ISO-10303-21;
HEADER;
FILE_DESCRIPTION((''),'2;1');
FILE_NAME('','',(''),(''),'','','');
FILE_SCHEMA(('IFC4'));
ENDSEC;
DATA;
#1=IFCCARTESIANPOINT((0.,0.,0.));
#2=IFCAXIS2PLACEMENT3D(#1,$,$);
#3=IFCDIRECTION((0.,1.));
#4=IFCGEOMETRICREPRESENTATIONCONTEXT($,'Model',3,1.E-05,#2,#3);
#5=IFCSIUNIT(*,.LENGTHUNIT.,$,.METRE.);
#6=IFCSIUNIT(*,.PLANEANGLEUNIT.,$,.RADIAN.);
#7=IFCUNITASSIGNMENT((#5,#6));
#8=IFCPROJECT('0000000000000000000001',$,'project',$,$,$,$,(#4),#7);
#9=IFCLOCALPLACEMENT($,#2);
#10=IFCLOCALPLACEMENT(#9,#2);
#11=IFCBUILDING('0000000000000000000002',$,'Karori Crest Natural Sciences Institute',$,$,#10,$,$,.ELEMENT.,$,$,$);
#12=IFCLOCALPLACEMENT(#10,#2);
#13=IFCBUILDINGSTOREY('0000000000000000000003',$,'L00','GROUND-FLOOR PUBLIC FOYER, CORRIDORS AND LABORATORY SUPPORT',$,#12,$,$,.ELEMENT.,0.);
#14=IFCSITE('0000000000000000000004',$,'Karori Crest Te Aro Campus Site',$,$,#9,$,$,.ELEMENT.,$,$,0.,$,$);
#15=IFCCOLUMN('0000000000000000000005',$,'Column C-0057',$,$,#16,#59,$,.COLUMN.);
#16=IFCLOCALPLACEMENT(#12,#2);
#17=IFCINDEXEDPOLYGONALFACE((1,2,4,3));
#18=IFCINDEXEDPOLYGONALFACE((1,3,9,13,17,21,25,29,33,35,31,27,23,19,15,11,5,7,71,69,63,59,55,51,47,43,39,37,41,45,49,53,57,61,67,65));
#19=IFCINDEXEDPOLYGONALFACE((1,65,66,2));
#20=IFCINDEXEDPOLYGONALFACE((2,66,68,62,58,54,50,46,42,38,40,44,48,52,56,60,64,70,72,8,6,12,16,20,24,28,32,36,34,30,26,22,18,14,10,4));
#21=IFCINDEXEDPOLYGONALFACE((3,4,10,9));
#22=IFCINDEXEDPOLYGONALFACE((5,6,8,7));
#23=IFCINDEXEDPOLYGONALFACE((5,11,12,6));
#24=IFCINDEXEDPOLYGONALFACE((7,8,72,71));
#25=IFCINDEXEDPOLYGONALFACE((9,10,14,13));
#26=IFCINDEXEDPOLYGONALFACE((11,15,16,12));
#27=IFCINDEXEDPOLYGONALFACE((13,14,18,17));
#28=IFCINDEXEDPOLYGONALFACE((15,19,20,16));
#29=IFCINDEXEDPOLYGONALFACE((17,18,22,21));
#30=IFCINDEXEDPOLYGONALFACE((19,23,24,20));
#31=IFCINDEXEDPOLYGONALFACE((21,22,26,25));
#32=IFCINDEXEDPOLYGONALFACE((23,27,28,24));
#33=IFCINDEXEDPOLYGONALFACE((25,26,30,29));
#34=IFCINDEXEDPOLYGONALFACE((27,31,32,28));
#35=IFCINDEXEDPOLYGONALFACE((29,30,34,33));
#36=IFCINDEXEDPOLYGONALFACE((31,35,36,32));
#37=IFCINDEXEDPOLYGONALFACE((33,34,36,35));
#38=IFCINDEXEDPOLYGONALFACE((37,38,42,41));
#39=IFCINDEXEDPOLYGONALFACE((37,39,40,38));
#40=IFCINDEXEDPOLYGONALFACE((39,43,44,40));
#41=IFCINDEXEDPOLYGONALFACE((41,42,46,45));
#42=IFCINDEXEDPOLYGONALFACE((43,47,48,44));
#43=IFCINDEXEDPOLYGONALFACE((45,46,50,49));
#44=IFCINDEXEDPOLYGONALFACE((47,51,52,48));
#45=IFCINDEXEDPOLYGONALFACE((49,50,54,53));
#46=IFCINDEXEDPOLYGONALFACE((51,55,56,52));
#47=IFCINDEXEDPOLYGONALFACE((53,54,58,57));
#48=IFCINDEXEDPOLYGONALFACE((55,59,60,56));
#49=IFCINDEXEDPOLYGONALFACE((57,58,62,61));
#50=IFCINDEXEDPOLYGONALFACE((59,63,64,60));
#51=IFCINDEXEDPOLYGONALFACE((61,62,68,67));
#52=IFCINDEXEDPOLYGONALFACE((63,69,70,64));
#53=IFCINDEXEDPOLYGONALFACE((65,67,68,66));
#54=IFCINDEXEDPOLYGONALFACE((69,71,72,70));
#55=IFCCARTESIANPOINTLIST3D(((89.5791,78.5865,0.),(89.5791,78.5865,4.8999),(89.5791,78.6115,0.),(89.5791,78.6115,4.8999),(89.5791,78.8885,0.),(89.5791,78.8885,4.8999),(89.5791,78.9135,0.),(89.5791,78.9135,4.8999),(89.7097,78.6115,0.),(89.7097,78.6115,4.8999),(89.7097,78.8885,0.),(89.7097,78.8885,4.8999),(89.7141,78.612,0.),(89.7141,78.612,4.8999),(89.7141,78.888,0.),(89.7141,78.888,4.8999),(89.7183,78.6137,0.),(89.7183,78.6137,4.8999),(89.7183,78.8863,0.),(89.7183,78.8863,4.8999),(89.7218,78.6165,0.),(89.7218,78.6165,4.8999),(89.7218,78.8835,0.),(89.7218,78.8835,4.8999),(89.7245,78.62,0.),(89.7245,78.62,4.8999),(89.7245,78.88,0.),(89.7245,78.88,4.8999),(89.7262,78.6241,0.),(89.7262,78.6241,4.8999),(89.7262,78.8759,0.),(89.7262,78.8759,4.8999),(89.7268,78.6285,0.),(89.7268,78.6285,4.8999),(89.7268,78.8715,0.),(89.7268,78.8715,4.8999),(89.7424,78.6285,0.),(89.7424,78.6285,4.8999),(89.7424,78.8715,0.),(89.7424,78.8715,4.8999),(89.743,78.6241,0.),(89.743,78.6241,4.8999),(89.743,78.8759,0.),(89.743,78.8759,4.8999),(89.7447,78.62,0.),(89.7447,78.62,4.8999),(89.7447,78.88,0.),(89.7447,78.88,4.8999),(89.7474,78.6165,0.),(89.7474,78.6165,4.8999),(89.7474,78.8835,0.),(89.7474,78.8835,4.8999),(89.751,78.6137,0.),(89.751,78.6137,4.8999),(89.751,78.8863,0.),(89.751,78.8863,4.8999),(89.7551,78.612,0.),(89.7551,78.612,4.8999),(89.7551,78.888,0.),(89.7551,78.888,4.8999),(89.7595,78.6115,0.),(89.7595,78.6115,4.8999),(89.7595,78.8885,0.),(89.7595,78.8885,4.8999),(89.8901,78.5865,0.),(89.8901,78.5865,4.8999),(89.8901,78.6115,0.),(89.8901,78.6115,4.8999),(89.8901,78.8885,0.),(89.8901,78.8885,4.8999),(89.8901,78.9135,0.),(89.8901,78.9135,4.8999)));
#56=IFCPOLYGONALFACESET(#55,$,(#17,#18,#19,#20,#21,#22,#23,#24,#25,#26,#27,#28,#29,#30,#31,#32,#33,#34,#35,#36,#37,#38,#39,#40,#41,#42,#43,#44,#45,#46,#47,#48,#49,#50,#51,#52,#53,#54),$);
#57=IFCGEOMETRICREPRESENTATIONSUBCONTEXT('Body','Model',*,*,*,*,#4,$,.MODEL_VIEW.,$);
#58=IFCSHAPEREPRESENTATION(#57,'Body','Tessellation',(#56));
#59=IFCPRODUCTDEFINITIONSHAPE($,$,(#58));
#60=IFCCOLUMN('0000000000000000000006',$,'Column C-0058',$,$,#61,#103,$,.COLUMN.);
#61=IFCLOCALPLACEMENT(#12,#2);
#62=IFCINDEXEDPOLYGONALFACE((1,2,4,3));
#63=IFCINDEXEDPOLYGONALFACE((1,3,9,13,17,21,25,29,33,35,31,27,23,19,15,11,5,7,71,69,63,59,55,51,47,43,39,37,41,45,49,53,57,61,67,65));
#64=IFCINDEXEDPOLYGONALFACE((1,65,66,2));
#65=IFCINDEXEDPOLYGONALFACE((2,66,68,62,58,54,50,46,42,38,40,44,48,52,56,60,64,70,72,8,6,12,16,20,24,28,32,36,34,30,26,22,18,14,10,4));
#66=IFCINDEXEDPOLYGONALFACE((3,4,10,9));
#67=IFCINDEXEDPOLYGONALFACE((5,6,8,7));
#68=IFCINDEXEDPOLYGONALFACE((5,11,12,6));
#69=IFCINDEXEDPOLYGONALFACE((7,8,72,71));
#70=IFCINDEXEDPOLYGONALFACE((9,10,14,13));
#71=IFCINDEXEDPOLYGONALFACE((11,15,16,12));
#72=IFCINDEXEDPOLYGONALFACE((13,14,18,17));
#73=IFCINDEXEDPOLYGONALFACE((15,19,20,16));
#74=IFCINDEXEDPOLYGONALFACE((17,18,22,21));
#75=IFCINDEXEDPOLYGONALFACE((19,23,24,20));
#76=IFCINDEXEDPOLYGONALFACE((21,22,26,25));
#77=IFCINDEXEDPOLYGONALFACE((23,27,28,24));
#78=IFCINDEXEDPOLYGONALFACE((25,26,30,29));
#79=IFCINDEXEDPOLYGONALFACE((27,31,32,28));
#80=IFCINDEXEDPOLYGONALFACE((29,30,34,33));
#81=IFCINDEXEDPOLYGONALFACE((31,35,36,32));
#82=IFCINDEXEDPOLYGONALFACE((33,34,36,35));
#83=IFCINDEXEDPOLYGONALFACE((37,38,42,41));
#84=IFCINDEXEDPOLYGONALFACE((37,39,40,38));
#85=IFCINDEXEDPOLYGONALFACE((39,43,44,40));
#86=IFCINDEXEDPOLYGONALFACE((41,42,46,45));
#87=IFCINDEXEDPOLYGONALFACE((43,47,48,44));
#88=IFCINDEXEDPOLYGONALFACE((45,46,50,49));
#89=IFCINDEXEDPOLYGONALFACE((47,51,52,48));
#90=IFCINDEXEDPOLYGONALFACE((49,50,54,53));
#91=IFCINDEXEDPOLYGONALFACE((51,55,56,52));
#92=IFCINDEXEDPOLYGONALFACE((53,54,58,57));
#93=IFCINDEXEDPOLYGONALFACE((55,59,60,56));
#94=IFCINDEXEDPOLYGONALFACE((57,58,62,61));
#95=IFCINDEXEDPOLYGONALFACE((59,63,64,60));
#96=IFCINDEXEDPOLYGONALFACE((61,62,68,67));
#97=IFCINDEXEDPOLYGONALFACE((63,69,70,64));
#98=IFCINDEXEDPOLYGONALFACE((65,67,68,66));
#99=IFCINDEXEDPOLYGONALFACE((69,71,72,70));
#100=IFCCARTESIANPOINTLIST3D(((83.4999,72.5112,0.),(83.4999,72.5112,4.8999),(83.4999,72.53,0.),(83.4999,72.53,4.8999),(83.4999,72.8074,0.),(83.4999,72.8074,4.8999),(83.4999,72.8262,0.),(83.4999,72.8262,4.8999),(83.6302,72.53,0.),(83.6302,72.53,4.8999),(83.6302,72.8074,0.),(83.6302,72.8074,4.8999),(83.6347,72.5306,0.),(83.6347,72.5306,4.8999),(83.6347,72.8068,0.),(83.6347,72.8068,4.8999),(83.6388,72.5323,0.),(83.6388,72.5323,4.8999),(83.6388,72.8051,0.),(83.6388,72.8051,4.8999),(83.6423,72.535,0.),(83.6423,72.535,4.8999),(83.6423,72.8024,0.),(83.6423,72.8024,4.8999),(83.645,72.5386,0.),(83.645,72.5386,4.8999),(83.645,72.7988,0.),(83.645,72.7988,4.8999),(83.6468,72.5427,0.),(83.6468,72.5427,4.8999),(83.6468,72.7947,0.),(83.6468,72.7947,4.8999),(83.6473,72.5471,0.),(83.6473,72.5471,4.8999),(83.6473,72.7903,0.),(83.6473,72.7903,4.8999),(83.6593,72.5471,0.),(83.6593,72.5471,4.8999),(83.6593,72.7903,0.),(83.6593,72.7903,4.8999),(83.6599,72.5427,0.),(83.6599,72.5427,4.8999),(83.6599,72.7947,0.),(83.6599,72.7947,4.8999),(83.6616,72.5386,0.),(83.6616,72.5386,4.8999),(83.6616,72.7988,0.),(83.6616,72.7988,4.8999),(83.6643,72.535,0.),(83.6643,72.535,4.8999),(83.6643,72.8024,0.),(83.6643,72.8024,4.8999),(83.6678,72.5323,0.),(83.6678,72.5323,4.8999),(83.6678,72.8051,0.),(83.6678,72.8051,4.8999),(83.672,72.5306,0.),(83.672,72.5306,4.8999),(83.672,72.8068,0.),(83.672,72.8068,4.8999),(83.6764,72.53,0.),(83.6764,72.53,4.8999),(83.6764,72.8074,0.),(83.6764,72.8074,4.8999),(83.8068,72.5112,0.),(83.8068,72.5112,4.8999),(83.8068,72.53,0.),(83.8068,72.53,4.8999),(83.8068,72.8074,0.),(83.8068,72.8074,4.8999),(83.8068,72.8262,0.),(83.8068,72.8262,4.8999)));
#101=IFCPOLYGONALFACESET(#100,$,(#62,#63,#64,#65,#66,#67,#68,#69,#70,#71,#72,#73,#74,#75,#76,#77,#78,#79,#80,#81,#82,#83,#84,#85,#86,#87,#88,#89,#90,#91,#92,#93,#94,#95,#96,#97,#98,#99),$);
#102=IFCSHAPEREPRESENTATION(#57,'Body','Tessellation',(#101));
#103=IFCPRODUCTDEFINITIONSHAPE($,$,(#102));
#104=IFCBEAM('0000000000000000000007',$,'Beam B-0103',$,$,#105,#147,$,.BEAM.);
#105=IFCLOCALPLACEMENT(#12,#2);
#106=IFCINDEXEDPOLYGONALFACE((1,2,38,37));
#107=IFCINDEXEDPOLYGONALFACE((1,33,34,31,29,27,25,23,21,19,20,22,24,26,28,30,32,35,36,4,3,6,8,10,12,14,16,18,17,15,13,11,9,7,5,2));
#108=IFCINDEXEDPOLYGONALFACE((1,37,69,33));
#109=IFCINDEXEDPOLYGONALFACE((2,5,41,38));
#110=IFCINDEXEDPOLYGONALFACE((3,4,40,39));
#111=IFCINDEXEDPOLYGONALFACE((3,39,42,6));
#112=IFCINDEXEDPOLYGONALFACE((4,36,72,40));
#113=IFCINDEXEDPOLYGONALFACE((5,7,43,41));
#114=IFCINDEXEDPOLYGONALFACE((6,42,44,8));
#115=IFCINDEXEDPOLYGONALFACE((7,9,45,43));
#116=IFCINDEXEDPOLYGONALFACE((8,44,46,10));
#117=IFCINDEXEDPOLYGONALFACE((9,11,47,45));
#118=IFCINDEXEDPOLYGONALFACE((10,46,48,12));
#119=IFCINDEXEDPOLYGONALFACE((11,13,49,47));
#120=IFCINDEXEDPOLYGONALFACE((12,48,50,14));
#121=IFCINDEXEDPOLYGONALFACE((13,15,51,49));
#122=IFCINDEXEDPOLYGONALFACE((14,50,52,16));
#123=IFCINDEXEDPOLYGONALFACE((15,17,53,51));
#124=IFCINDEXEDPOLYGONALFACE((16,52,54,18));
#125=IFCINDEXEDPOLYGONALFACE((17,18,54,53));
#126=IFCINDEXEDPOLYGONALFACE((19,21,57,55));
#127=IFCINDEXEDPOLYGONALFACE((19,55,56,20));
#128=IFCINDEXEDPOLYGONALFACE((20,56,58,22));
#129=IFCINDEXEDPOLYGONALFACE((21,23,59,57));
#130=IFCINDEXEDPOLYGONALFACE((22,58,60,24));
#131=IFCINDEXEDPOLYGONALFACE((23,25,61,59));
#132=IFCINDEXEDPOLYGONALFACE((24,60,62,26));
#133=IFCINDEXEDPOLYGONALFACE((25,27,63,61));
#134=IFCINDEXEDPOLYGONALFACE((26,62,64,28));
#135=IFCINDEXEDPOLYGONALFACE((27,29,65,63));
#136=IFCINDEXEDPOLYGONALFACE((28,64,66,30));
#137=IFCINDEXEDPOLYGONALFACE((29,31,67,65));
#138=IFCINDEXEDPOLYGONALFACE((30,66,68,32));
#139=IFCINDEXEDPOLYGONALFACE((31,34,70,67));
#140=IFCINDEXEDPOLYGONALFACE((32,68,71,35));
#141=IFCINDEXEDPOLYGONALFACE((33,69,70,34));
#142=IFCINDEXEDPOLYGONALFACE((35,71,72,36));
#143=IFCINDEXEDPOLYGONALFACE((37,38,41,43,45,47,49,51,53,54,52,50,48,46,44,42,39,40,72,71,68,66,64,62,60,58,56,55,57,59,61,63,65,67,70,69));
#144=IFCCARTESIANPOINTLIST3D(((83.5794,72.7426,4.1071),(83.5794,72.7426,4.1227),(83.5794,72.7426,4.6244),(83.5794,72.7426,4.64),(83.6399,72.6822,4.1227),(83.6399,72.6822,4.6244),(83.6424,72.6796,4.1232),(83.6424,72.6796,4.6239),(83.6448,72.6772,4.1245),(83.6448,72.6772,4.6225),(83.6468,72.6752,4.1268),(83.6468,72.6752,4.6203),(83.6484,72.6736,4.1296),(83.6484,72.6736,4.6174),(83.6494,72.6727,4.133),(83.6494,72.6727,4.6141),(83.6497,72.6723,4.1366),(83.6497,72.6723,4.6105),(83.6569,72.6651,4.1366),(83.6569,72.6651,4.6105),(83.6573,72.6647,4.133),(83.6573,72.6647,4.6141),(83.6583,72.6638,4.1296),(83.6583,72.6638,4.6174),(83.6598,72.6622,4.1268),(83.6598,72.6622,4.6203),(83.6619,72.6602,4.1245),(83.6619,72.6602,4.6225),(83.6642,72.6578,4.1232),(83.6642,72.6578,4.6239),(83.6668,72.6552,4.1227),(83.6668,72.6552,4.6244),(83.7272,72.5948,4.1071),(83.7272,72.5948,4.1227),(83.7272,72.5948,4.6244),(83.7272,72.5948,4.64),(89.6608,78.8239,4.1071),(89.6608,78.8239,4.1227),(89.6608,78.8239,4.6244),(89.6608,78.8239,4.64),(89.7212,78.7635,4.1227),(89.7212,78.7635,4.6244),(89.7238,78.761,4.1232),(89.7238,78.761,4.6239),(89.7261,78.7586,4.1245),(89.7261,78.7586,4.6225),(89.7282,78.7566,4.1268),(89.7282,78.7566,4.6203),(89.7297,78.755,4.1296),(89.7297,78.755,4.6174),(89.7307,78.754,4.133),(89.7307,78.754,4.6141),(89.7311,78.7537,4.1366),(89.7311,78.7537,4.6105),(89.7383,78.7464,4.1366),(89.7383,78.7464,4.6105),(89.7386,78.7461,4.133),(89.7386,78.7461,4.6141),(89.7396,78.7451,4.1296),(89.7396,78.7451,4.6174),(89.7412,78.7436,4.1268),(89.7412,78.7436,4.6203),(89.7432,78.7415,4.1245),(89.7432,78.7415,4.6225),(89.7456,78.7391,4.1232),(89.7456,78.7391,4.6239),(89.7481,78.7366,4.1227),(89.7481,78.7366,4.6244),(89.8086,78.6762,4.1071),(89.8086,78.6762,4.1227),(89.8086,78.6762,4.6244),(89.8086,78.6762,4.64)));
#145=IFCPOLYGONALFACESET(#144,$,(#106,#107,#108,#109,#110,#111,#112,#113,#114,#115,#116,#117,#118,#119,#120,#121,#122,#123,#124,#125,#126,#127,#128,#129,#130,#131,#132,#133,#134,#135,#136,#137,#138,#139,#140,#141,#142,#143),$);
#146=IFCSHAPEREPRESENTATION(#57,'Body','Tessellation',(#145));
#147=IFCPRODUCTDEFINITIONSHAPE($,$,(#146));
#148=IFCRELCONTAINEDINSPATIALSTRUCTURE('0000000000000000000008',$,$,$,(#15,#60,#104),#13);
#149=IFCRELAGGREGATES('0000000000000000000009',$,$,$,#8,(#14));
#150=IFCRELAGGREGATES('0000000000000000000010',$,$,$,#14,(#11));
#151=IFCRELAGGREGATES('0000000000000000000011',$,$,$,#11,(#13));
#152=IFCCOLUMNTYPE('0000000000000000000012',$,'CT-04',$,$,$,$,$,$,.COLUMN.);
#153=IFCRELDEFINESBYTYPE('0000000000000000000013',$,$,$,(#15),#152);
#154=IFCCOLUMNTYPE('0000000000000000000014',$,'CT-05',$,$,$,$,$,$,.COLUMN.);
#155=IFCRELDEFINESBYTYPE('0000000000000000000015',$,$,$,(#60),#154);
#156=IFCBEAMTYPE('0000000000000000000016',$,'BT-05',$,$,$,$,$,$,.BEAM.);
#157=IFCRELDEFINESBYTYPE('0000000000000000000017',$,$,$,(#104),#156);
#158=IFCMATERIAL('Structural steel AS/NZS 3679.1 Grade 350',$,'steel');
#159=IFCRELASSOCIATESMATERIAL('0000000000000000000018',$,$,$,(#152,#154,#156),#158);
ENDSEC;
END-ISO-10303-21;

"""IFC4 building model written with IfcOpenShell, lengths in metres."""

from ifc_helpers import new_model, si_unit, direction, frame, origin, origin_2d, place, context, subcontext, project, spatial, i_section, extrude, material, material_profile, profile_set, type_object, element, save


model = new_model("IFC4")

# Units and contexts
model_context = context("Model", 3, precision=1e-05, world=origin(), true_north=direction((0.0, 1.0)))
body_context = subcontext(model_context, "Body", "Model", "MODEL_VIEW")
ifc_project = project(units=[si_unit("LENGTHUNIT", "METRE"), si_unit("PLANEANGLEUNIT", "RADIAN")], contexts=[model_context])

# Site, building, storey
site_placement = place(None, origin())
site = spatial("IfcSite", under=ifc_project, at=site_placement, Name="Karori Crest Te Aro Campus Site", CompositionType="ELEMENT", RefElevation=0.0)
building_placement = place(site_placement, origin())
building = spatial("IfcBuilding", under=site, at=building_placement, Name="Karori Crest Natural Sciences Institute", CompositionType="ELEMENT")
storey_placement = place(building_placement, origin())
storey = spatial("IfcBuildingStorey", under=building, at=storey_placement, Name="L00", Description="GROUND-FLOOR PUBLIC FOYER, CORRIDORS AND LABORATORY SUPPORT", CompositionType="ELEMENT", Elevation=0.0)

# Columns
ifc_material_1 = material(Name="Structural steel AS/NZS 3679.1 Grade 350", Category="steel")
ifc_material_profile_1 = material_profile(ifc_material_1, i_section(OverallWidth=0.311, OverallDepth=0.3269, WebThickness=0.0156, FlangeThickness=0.0249, FilletRadius=0.0171, at=origin_2d()), Name="310UC158")
ifc_profile_set_1 = profile_set([ifc_material_profile_1], Name="Structural steel AS/NZS 3679.1 Grade 350")
column_type_1 = type_object("IfcColumnType", Name="CT-04", PredefinedType="COLUMN", material=ifc_profile_set_1)
column_1_placement = place(storey_placement, frame((89.7346, 78.75, 0.0), z_axis=(0.0, 0.0, 1.0), x_axis=(1.0, 0.0, 0.0)))
element("IfcColumn", 1, at=column_1_placement, inside=storey, type_object=column_type_1, Name="Column C-0057", PredefinedType="COLUMN", context=body_context, shape_type="SweptSolid", body=[
    extrude(i_section(OverallWidth=0.311, OverallDepth=0.3269, WebThickness=0.0156, FlangeThickness=0.0249, FilletRadius=0.0171, at=origin_2d()), origin(), (0.0, 0.0, 1.0), 4.8999),
])
ifc_material_profile_2 = material_profile(ifc_material_1, i_section(OverallWidth=0.3069, OverallDepth=0.3149, WebThickness=0.012, FlangeThickness=0.0188, FilletRadius=0.0171, at=origin_2d()), Name="310UC118")
ifc_profile_set_2 = profile_set([ifc_material_profile_2], Name="Structural steel AS/NZS 3679.1 Grade 350")
column_type_2 = type_object("IfcColumnType", Name="CT-05", PredefinedType="COLUMN", material=ifc_profile_set_2)
column_2_placement = place(storey_placement, frame((83.6533, 72.6687, 0.0), z_axis=(0.0, 0.0, 1.0), x_axis=(1.0, 0.0, 0.0)))
element("IfcColumn", 2, at=column_2_placement, inside=storey, type_object=column_type_2, Name="Column C-0058", PredefinedType="COLUMN", context=body_context, shape_type="SweptSolid", body=[
    extrude(i_section(OverallWidth=0.3069, OverallDepth=0.3149, WebThickness=0.012, FlangeThickness=0.0188, FilletRadius=0.0171, at=origin_2d()), origin(), (0.0, 0.0, 1.0), 4.8999),
])

# Beam
ifc_material_profile_3 = material_profile(ifc_material_1, i_section(OverallWidth=0.209, OverallDepth=0.533, WebThickness=0.0103, FlangeThickness=0.0156, FilletRadius=0.0139, at=origin_2d()), Name="530UB92.4")
ifc_profile_set_3 = profile_set([ifc_material_profile_3], Name="Structural steel AS/NZS 3679.1 Grade 350")
beam_type_1 = type_object("IfcBeamType", Name="BT-05", PredefinedType="BEAM", material=ifc_profile_set_3)
beam_1_placement = place(storey_placement, frame((83.6533, 72.6687, 4.3735), z_axis=(0.707107, 0.707107, 0.0), x_axis=(-0.707107, 0.707107, 0.0)))
element("IfcBeam", 3, at=beam_1_placement, inside=storey, type_object=beam_type_1, Name="Beam B-0103", PredefinedType="BEAM", context=body_context, shape_type="SweptSolid", body=[
    extrude(i_section(OverallWidth=0.209, OverallDepth=0.533, WebThickness=0.0103, FlangeThickness=0.0156, FilletRadius=0.0139, at=origin_2d()), origin(), (0.0, 0.0, 1.0), 8.6003),
])

save(model, "model.ifc")
